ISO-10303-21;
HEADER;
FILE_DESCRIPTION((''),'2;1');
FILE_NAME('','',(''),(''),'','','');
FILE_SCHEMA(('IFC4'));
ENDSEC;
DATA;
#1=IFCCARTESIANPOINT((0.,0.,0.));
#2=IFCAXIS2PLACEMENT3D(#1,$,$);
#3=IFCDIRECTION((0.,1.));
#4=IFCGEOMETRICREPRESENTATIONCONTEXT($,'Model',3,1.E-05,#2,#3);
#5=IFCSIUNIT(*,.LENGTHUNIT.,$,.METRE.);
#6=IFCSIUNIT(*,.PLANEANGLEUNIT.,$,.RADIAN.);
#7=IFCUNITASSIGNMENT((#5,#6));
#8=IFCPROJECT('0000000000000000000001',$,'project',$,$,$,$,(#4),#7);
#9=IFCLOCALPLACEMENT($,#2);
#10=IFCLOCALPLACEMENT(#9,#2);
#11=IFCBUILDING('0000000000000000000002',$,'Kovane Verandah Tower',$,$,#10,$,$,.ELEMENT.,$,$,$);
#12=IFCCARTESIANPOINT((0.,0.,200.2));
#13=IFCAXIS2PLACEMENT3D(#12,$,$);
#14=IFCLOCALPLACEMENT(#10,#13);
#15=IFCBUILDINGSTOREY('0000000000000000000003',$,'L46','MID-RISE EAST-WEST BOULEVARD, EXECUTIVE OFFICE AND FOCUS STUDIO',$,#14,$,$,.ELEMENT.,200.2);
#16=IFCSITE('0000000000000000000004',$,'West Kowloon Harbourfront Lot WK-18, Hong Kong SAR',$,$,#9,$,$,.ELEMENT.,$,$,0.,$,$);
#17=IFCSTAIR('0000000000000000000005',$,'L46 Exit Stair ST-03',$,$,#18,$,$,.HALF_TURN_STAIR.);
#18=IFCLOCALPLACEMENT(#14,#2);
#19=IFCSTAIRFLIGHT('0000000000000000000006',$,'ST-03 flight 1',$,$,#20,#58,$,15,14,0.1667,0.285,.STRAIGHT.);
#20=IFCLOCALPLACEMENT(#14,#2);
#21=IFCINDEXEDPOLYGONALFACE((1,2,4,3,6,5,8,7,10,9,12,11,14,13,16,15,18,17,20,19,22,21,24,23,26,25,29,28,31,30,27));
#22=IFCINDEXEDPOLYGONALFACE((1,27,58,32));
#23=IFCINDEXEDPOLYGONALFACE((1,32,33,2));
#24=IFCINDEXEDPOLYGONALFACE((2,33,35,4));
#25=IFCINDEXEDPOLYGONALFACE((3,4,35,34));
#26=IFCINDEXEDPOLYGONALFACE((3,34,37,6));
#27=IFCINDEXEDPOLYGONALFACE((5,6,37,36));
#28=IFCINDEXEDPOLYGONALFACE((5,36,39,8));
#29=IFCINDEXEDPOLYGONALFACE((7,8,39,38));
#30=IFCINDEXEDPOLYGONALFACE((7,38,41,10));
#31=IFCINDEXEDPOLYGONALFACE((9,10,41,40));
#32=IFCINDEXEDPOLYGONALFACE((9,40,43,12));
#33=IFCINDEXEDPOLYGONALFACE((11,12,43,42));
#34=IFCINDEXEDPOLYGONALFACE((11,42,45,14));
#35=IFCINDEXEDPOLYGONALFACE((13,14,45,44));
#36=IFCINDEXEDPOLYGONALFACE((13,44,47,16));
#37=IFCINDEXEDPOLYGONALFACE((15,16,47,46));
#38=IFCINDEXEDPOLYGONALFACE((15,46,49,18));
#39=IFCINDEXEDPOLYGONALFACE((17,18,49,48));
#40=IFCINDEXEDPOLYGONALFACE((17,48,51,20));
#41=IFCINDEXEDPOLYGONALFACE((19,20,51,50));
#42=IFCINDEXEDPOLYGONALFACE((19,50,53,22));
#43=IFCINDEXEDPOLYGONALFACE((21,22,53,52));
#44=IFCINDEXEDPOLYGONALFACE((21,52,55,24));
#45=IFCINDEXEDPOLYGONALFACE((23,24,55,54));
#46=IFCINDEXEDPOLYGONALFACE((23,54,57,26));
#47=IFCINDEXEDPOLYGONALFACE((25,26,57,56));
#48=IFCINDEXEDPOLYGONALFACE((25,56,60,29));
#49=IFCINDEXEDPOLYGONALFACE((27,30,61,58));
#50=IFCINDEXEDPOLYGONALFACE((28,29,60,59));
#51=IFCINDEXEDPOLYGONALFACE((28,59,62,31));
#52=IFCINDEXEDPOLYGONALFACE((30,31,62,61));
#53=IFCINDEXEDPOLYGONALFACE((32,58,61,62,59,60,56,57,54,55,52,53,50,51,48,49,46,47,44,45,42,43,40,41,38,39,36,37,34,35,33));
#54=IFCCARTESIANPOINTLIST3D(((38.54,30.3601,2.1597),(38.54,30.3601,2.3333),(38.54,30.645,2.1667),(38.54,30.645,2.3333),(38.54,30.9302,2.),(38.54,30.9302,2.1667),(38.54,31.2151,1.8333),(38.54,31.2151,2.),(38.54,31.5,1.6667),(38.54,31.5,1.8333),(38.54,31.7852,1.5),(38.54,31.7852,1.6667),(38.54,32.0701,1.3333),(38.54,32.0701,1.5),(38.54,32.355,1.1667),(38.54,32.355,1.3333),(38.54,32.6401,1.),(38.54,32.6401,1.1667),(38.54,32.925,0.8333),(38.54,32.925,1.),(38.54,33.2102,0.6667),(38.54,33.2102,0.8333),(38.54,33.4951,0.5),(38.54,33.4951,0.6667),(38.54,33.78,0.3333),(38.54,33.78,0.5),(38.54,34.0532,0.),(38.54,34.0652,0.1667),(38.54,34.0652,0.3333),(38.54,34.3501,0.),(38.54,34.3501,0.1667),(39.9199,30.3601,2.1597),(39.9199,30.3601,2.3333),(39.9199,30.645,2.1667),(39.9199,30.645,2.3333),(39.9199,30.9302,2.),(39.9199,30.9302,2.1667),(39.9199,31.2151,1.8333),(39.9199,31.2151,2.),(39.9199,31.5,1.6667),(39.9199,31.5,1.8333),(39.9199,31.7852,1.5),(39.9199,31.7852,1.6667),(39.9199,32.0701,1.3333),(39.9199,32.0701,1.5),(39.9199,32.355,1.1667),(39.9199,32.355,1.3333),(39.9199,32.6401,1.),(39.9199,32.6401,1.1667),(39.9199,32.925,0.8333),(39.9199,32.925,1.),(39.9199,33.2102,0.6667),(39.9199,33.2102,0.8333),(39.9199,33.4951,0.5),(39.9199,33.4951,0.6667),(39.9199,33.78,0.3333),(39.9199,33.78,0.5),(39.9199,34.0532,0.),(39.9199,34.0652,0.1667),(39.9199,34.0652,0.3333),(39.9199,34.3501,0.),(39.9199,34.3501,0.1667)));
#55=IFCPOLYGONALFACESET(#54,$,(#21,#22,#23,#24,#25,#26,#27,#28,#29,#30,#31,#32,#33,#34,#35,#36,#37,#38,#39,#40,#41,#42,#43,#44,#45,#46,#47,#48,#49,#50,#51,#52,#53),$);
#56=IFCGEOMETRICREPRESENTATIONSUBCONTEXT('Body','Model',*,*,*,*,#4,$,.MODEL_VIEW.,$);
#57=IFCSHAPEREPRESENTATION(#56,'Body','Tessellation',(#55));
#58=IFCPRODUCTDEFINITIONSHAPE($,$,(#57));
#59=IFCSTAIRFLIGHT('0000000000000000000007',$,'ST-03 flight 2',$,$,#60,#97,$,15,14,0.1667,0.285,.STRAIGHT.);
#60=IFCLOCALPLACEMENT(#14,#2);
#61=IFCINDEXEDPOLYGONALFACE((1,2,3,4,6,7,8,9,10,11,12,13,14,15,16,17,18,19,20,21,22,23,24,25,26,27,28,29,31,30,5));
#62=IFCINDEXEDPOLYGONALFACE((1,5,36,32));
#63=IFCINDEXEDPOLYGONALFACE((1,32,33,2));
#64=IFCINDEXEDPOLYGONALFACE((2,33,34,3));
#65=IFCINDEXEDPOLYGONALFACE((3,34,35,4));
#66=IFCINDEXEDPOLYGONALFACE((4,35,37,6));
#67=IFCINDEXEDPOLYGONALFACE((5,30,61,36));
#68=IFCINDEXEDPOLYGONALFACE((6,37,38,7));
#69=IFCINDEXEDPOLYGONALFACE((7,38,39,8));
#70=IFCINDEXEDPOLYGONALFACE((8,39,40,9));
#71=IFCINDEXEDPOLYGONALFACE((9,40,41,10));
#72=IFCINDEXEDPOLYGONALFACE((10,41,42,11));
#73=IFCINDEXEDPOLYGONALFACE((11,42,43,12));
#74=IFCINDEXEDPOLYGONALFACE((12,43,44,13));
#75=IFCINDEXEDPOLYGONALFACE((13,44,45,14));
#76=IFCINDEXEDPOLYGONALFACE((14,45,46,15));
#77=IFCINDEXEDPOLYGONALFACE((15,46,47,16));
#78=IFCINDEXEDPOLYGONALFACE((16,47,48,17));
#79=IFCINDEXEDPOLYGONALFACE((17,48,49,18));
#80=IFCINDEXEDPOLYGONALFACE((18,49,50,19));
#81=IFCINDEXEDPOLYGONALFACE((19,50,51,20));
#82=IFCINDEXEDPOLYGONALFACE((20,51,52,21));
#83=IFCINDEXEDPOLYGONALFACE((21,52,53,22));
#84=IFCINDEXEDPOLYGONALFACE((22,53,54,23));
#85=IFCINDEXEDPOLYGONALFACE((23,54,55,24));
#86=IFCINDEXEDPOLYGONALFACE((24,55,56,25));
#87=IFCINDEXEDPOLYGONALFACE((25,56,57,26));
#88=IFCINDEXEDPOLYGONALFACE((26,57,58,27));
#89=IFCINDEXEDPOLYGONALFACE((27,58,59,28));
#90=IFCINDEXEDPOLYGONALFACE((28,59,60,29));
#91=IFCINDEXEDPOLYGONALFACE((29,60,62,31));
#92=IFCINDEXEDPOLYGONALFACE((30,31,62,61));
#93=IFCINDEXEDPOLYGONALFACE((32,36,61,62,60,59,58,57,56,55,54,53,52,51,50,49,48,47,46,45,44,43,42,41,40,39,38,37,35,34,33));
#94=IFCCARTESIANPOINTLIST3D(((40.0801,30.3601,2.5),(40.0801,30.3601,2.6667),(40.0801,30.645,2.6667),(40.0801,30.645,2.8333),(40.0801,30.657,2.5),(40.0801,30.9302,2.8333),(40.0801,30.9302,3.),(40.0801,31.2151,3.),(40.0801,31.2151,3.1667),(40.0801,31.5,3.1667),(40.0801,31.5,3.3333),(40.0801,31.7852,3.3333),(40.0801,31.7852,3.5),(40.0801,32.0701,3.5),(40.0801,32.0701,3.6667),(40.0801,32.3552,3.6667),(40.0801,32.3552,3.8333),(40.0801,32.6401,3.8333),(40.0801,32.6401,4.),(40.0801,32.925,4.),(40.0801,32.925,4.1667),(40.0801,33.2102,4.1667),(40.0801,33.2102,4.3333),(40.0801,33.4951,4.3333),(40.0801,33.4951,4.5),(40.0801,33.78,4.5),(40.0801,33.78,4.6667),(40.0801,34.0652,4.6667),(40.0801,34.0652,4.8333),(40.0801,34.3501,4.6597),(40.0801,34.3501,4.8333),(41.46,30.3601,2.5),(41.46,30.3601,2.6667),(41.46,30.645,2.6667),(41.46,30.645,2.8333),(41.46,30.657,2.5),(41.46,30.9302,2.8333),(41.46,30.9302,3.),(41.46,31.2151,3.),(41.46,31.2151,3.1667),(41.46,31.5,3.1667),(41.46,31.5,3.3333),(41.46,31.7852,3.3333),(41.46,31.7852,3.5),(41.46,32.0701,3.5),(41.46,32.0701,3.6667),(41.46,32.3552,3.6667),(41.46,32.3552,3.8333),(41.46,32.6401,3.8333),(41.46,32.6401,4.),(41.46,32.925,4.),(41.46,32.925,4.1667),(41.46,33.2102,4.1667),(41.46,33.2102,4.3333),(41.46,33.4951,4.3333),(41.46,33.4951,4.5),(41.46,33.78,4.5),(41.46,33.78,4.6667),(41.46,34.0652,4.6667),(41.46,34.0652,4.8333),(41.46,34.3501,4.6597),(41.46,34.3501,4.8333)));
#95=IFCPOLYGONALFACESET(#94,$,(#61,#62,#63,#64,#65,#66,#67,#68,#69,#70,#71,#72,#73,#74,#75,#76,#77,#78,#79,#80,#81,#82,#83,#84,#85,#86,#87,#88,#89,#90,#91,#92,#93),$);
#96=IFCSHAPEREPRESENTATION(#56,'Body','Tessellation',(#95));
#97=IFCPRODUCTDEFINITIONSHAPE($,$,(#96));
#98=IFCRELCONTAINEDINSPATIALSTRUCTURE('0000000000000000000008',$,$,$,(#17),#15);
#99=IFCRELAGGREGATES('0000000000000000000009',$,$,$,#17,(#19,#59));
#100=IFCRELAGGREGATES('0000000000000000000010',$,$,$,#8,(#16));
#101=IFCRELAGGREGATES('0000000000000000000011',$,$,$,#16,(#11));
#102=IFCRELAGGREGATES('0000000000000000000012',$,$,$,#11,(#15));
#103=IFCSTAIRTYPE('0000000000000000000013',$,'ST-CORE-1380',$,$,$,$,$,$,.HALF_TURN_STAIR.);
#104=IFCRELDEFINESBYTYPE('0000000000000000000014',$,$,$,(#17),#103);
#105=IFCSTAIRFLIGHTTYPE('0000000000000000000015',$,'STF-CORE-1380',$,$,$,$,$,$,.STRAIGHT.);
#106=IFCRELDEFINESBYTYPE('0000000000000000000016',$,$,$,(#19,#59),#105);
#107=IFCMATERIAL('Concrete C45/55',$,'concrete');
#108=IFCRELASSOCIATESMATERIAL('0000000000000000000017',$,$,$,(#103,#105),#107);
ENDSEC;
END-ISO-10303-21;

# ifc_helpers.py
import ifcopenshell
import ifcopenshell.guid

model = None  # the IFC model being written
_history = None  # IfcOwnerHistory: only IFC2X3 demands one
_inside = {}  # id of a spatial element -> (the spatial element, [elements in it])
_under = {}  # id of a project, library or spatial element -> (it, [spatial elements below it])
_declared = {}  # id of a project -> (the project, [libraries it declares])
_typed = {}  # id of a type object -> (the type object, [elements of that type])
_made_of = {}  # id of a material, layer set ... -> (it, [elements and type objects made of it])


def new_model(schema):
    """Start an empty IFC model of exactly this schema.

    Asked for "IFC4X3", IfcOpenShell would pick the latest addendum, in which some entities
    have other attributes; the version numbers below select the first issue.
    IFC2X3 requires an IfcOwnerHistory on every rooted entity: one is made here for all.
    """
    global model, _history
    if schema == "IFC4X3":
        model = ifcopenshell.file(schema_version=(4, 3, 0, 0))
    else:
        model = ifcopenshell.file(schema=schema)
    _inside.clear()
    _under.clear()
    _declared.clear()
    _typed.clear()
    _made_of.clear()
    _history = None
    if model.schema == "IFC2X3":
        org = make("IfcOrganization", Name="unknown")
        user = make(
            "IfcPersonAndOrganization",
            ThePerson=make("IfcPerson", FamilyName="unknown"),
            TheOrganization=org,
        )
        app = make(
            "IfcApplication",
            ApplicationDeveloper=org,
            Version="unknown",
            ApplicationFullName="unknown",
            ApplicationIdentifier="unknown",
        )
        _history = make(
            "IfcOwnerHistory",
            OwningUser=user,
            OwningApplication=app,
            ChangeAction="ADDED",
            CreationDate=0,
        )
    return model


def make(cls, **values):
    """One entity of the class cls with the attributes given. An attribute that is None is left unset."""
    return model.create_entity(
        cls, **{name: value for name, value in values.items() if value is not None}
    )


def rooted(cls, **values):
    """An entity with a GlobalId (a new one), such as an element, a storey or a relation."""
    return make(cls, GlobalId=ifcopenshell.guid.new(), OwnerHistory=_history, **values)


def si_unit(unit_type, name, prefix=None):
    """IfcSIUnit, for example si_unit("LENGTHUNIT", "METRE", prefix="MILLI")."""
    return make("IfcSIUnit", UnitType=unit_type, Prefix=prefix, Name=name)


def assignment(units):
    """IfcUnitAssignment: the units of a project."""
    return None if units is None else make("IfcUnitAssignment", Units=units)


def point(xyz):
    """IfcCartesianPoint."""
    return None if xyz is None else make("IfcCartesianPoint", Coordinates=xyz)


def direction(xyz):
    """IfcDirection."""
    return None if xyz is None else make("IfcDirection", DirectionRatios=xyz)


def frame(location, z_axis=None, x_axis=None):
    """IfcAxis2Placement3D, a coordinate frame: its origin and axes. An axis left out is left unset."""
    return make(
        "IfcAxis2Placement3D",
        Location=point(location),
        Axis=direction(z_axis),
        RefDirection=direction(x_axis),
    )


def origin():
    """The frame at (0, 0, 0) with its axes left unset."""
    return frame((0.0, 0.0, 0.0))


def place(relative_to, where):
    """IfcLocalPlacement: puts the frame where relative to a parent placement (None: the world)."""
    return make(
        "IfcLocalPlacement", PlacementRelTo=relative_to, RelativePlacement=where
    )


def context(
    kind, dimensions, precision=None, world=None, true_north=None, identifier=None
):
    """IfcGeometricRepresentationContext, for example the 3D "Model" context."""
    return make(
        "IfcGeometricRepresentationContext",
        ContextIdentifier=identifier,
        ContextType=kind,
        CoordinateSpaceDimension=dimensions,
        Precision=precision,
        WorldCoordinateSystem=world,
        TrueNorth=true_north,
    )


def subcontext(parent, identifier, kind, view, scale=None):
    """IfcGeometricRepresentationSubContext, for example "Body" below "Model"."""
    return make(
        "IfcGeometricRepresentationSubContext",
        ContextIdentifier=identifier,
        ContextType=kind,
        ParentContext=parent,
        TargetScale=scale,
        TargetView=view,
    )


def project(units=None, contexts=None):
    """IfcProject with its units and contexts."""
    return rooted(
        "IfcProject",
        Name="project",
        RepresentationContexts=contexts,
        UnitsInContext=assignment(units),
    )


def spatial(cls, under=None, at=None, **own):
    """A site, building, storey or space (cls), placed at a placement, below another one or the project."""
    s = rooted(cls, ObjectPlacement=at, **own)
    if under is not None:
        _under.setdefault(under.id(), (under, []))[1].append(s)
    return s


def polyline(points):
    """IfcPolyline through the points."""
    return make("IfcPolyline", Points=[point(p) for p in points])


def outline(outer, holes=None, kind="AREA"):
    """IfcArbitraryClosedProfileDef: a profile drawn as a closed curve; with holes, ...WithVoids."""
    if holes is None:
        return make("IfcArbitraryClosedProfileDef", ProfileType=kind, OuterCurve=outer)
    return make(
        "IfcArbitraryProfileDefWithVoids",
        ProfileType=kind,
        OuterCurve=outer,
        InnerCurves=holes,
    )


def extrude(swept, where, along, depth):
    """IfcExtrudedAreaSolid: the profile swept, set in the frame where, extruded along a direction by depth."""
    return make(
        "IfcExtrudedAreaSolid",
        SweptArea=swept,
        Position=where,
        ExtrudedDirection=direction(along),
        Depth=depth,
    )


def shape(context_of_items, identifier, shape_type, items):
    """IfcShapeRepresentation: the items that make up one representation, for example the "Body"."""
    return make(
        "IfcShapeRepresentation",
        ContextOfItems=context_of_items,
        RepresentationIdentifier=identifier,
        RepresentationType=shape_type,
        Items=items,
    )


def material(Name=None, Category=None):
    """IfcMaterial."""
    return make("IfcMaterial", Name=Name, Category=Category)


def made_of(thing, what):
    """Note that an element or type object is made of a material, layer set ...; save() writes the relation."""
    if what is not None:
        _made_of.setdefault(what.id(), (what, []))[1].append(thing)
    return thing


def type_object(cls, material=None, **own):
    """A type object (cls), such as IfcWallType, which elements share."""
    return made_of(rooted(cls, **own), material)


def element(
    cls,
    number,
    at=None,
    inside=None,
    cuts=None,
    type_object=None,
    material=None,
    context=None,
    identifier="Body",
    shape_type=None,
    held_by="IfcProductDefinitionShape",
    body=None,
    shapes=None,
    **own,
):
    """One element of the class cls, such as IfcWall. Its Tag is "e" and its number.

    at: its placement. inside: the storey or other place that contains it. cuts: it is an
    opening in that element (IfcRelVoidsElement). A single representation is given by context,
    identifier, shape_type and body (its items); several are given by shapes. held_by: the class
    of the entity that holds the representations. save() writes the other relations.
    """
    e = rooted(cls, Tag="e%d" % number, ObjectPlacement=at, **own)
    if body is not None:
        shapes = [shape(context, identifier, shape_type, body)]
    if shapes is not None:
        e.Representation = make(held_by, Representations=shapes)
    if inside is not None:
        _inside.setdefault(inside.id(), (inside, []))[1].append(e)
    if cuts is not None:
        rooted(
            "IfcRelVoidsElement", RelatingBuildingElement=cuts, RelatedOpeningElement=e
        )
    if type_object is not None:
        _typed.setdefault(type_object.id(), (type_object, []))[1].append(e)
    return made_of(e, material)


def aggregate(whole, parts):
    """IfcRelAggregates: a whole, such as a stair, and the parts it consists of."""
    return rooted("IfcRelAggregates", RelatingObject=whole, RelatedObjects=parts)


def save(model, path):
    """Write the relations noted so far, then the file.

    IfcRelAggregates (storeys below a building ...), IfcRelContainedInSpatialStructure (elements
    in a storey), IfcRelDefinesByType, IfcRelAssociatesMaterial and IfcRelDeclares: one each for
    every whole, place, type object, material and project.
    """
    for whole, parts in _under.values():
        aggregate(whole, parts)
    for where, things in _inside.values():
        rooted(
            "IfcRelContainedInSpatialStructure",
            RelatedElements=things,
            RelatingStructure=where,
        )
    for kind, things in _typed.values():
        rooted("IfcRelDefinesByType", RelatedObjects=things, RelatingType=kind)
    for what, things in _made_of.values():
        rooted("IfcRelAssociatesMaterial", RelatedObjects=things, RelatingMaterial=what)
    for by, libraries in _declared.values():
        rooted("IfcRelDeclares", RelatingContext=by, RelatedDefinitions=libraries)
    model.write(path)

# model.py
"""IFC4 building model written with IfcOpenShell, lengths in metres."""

from ifc_helpers import new_model, si_unit, direction, frame, origin, place, context, subcontext, project, spatial, polyline, outline, extrude, material, type_object, element, aggregate, save


model = new_model("IFC4")

# Units and contexts
model_context = context("Model", 3, precision=1e-05, world=origin(), true_north=direction((0.0, 1.0)))
body_context = subcontext(model_context, "Body", "Model", "MODEL_VIEW")
ifc_project = project(units=[si_unit("LENGTHUNIT", "METRE"), si_unit("PLANEANGLEUNIT", "RADIAN")], contexts=[model_context])

# Site, building, storey
site_placement = place(None, origin())
site = spatial("IfcSite", under=ifc_project, at=site_placement, Name="West Kowloon Harbourfront Lot WK-18, Hong Kong SAR", CompositionType="ELEMENT", RefElevation=0.0)
building_placement = place(site_placement, origin())
building = spatial("IfcBuilding", under=site, at=building_placement, Name="Kovane Verandah Tower", CompositionType="ELEMENT")
storey_placement = place(building_placement, frame((0.0, 0.0, 200.2)))
storey = spatial("IfcBuildingStorey", under=building, at=storey_placement, Name="L46", Description="MID-RISE EAST-WEST BOULEVARD, EXECUTIVE OFFICE AND FOCUS STUDIO", CompositionType="ELEMENT", Elevation=200.2)

# Shared definitions
ifc_material_1 = material(Name="Concrete C45/55", Category="concrete")

# Stair, stair flights
stair_type = type_object("IfcStairType", Name="ST-CORE-1380", PredefinedType="HALF_TURN_STAIR", material=ifc_material_1)
stair_placement = place(storey_placement, origin())
stair = element("IfcStair", 1, at=stair_placement, inside=storey, type_object=stair_type, Name="L46 Exit Stair ST-03", PredefinedType="HALF_TURN_STAIR")
stair_flight_type = type_object("IfcStairFlightType", Name="STF-CORE-1380", PredefinedType="STRAIGHT", material=ifc_material_1)
stair_flight_1_placement = place(storey_placement, frame((39.23, 34.3501, 0.0), z_axis=(0.0, 0.0, 1.0), x_axis=(0.0, -1.0, 0.0)))
stair_flight_1 = element("IfcStairFlight", 2, at=stair_flight_1_placement, type_object=stair_flight_type, Name="ST-03 flight 1", NumberOfRisers=15, NumberOfTreads=14, PredefinedType="STRAIGHT", RiserHeight=0.1667, TreadLength=0.285, context=body_context, shape_type="SweptSolid", body=[
    extrude(outline(polyline([(0.0, 0.0), (0.0, 0.1667), (0.2849, 0.1667), (0.2849, 0.3333), (0.5701, 0.3333), (0.5701, 0.5), (0.855, 0.5), (0.855, 0.6667), (1.1399, 0.6667), (1.1399, 0.8333), (1.425, 0.8333), (1.425, 1.0), (1.71, 1.0), (1.71, 1.1667), (1.9951, 1.1667), (1.9951, 1.3333), (2.28, 1.3333), (2.28, 1.5), (2.5649, 1.5), (2.5649, 1.6667), (2.8501, 1.6667), (2.8501, 1.8333), (3.135, 1.8333), (3.135, 2.0), (3.4199, 2.0), (3.4199, 2.1667), (3.7051, 2.1667), (3.7051, 2.3333), (3.99, 2.3333), (3.99, 2.5), (3.99, 2.1597), (0.2969, 0.0), (0.0, 0.0)])), frame((0.0, 0.6899, 0.0), z_axis=(0.0, -1.0, 0.0), x_axis=(1.0, 0.0, 0.0)), (0.0, 0.0, 1.0), 1.3799),
])
stair_flight_2_placement = place(storey_placement, frame((40.77, 30.3601, 2.5), z_axis=(0.0, 0.0, 1.0), x_axis=(0.0, 1.0, 0.0)))
stair_flight_2 = element("IfcStairFlight", 3, at=stair_flight_2_placement, type_object=stair_flight_type, Name="ST-03 flight 2", NumberOfRisers=15, NumberOfTreads=14, PredefinedType="STRAIGHT", RiserHeight=0.1667, TreadLength=0.285, context=body_context, shape_type="SweptSolid", body=[
    extrude(outline(polyline([(0.0, 0.0), (0.0, 0.1667), (0.2849, 0.1667), (0.2849, 0.3333), (0.5701, 0.3333), (0.5701, 0.5), (0.855, 0.5), (0.855, 0.6667), (1.1399, 0.6667), (1.1399, 0.8333), (1.425, 0.8333), (1.425, 1.0), (1.71, 1.0), (1.71, 1.1667), (1.9951, 1.1667), (1.9951, 1.3333), (2.28, 1.3333), (2.28, 1.5), (2.5649, 1.5), (2.5649, 1.6667), (2.8501, 1.6667), (2.8501, 1.8333), (3.135, 1.8333), (3.135, 2.0), (3.4199, 2.0), (3.4199, 2.1667), (3.7051, 2.1667), (3.7051, 2.3333), (3.99, 2.3333), (3.99, 2.5), (3.99, 2.1597), (0.2969, 0.0), (0.0, 0.0)])), frame((0.0, 0.6899, 0.0), z_axis=(0.0, -1.0, 0.0), x_axis=(1.0, 0.0, 0.0)), (0.0, 0.0, 1.0), 1.3799),
])
aggregate(stair, [stair_flight_1, stair_flight_2])

save(model, "model.ifc")
